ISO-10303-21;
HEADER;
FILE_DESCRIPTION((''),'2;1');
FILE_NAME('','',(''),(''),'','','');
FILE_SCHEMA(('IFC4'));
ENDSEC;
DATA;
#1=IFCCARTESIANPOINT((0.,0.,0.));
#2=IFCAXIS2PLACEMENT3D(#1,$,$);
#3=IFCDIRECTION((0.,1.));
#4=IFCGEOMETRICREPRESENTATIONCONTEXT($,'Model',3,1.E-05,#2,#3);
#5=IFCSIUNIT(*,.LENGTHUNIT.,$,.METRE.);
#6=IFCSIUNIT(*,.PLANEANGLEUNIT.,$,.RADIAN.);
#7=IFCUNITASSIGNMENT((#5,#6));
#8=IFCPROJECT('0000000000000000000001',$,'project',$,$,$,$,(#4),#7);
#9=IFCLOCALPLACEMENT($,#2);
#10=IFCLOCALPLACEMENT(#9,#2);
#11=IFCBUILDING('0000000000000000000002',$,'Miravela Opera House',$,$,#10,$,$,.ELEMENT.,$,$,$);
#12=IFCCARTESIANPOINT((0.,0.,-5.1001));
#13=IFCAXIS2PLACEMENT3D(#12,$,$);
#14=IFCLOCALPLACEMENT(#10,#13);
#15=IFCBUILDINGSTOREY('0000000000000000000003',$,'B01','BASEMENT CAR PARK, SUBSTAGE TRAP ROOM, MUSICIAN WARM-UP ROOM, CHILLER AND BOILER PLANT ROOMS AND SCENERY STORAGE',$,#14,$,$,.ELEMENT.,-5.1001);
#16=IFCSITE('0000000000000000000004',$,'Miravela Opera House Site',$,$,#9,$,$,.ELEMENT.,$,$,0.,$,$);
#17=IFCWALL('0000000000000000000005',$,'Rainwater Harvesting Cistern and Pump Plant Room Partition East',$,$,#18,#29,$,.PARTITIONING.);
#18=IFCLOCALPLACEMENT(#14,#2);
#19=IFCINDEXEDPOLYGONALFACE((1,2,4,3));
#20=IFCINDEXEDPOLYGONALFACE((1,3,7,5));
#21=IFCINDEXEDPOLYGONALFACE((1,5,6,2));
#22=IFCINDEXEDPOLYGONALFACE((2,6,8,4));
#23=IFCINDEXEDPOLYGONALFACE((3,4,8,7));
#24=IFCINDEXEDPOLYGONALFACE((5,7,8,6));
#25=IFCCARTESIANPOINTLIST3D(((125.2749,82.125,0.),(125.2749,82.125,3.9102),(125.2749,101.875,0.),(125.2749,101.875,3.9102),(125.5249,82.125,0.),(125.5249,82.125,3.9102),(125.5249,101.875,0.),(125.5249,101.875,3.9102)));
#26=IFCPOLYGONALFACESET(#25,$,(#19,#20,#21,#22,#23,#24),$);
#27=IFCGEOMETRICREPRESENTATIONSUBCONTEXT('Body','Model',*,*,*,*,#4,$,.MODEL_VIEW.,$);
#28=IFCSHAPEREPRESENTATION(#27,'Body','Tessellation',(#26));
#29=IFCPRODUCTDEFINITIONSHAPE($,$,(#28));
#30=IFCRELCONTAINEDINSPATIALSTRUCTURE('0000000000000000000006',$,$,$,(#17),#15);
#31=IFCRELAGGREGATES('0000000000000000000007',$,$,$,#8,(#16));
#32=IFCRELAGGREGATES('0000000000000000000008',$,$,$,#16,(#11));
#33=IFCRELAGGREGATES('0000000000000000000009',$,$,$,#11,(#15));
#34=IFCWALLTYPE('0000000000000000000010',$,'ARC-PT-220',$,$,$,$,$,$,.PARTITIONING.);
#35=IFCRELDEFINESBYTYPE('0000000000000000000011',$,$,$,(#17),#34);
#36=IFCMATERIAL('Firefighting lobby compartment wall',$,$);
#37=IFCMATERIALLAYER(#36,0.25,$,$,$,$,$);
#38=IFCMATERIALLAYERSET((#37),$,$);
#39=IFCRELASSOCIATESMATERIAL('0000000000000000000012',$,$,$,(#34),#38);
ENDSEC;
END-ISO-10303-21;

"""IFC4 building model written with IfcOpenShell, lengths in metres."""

from ifc_helpers import new_model, si_unit, direction, frame, frame_2d, origin, place, context, subcontext, project, spatial, rectangle, extrude, material, layer, layer_set, type_object, element, save


model = new_model("IFC4")

# Units and contexts
model_context = context("Model", 3, precision=1e-05, world=origin(), true_north=direction((0.0, 1.0)))
body_context = subcontext(model_context, "Body", "Model", "MODEL_VIEW")
ifc_project = project(units=[si_unit("LENGTHUNIT", "METRE"), si_unit("PLANEANGLEUNIT", "RADIAN")], contexts=[model_context])

# Site, building, storey
site_placement = place(None, origin())
site = spatial("IfcSite", under=ifc_project, at=site_placement, Name="Miravela Opera House Site", CompositionType="ELEMENT", RefElevation=0.0)
building_placement = place(site_placement, origin())
building = spatial("IfcBuilding", under=site, at=building_placement, Name="Miravela Opera House", CompositionType="ELEMENT")
storey_placement = place(building_placement, frame((0.0, 0.0, -5.1001)))
storey = spatial("IfcBuildingStorey", under=building, at=storey_placement, Name="B01", Description="BASEMENT CAR PARK, SUBSTAGE TRAP ROOM, MUSICIAN WARM-UP ROOM, CHILLER AND BOILER PLANT ROOMS AND SCENERY STORAGE", CompositionType="ELEMENT", Elevation=-5.1001)

# Wall
ifc_material_1 = material(Name="Firefighting lobby compartment wall")
ifc_layer = layer(ifc_material_1, 0.25)
ifc_layer_set = layer_set([ifc_layer])
wall_type = type_object("IfcWallType", Name="ARC-PT-220", PredefinedType="PARTITIONING", material=ifc_layer_set)
wall_placement = place(storey_placement, frame((125.3999, 82.125, 0.0), z_axis=(0.0, 0.0, 1.0), x_axis=(0.0, 1.0, 0.0)))
element("IfcWall", 1, at=wall_placement, inside=storey, type_object=wall_type, Name="Rainwater Harvesting Cistern and Pump Plant Room Partition East", PredefinedType="PARTITIONING", context=body_context, shape_type="SweptSolid", body=[
    extrude(rectangle(XDim=19.75, YDim=0.25, at=frame_2d((9.875, 0.0))), origin(), (0.0, 0.0, 1.0), 3.9102),
])

save(model, "model.ifc")
